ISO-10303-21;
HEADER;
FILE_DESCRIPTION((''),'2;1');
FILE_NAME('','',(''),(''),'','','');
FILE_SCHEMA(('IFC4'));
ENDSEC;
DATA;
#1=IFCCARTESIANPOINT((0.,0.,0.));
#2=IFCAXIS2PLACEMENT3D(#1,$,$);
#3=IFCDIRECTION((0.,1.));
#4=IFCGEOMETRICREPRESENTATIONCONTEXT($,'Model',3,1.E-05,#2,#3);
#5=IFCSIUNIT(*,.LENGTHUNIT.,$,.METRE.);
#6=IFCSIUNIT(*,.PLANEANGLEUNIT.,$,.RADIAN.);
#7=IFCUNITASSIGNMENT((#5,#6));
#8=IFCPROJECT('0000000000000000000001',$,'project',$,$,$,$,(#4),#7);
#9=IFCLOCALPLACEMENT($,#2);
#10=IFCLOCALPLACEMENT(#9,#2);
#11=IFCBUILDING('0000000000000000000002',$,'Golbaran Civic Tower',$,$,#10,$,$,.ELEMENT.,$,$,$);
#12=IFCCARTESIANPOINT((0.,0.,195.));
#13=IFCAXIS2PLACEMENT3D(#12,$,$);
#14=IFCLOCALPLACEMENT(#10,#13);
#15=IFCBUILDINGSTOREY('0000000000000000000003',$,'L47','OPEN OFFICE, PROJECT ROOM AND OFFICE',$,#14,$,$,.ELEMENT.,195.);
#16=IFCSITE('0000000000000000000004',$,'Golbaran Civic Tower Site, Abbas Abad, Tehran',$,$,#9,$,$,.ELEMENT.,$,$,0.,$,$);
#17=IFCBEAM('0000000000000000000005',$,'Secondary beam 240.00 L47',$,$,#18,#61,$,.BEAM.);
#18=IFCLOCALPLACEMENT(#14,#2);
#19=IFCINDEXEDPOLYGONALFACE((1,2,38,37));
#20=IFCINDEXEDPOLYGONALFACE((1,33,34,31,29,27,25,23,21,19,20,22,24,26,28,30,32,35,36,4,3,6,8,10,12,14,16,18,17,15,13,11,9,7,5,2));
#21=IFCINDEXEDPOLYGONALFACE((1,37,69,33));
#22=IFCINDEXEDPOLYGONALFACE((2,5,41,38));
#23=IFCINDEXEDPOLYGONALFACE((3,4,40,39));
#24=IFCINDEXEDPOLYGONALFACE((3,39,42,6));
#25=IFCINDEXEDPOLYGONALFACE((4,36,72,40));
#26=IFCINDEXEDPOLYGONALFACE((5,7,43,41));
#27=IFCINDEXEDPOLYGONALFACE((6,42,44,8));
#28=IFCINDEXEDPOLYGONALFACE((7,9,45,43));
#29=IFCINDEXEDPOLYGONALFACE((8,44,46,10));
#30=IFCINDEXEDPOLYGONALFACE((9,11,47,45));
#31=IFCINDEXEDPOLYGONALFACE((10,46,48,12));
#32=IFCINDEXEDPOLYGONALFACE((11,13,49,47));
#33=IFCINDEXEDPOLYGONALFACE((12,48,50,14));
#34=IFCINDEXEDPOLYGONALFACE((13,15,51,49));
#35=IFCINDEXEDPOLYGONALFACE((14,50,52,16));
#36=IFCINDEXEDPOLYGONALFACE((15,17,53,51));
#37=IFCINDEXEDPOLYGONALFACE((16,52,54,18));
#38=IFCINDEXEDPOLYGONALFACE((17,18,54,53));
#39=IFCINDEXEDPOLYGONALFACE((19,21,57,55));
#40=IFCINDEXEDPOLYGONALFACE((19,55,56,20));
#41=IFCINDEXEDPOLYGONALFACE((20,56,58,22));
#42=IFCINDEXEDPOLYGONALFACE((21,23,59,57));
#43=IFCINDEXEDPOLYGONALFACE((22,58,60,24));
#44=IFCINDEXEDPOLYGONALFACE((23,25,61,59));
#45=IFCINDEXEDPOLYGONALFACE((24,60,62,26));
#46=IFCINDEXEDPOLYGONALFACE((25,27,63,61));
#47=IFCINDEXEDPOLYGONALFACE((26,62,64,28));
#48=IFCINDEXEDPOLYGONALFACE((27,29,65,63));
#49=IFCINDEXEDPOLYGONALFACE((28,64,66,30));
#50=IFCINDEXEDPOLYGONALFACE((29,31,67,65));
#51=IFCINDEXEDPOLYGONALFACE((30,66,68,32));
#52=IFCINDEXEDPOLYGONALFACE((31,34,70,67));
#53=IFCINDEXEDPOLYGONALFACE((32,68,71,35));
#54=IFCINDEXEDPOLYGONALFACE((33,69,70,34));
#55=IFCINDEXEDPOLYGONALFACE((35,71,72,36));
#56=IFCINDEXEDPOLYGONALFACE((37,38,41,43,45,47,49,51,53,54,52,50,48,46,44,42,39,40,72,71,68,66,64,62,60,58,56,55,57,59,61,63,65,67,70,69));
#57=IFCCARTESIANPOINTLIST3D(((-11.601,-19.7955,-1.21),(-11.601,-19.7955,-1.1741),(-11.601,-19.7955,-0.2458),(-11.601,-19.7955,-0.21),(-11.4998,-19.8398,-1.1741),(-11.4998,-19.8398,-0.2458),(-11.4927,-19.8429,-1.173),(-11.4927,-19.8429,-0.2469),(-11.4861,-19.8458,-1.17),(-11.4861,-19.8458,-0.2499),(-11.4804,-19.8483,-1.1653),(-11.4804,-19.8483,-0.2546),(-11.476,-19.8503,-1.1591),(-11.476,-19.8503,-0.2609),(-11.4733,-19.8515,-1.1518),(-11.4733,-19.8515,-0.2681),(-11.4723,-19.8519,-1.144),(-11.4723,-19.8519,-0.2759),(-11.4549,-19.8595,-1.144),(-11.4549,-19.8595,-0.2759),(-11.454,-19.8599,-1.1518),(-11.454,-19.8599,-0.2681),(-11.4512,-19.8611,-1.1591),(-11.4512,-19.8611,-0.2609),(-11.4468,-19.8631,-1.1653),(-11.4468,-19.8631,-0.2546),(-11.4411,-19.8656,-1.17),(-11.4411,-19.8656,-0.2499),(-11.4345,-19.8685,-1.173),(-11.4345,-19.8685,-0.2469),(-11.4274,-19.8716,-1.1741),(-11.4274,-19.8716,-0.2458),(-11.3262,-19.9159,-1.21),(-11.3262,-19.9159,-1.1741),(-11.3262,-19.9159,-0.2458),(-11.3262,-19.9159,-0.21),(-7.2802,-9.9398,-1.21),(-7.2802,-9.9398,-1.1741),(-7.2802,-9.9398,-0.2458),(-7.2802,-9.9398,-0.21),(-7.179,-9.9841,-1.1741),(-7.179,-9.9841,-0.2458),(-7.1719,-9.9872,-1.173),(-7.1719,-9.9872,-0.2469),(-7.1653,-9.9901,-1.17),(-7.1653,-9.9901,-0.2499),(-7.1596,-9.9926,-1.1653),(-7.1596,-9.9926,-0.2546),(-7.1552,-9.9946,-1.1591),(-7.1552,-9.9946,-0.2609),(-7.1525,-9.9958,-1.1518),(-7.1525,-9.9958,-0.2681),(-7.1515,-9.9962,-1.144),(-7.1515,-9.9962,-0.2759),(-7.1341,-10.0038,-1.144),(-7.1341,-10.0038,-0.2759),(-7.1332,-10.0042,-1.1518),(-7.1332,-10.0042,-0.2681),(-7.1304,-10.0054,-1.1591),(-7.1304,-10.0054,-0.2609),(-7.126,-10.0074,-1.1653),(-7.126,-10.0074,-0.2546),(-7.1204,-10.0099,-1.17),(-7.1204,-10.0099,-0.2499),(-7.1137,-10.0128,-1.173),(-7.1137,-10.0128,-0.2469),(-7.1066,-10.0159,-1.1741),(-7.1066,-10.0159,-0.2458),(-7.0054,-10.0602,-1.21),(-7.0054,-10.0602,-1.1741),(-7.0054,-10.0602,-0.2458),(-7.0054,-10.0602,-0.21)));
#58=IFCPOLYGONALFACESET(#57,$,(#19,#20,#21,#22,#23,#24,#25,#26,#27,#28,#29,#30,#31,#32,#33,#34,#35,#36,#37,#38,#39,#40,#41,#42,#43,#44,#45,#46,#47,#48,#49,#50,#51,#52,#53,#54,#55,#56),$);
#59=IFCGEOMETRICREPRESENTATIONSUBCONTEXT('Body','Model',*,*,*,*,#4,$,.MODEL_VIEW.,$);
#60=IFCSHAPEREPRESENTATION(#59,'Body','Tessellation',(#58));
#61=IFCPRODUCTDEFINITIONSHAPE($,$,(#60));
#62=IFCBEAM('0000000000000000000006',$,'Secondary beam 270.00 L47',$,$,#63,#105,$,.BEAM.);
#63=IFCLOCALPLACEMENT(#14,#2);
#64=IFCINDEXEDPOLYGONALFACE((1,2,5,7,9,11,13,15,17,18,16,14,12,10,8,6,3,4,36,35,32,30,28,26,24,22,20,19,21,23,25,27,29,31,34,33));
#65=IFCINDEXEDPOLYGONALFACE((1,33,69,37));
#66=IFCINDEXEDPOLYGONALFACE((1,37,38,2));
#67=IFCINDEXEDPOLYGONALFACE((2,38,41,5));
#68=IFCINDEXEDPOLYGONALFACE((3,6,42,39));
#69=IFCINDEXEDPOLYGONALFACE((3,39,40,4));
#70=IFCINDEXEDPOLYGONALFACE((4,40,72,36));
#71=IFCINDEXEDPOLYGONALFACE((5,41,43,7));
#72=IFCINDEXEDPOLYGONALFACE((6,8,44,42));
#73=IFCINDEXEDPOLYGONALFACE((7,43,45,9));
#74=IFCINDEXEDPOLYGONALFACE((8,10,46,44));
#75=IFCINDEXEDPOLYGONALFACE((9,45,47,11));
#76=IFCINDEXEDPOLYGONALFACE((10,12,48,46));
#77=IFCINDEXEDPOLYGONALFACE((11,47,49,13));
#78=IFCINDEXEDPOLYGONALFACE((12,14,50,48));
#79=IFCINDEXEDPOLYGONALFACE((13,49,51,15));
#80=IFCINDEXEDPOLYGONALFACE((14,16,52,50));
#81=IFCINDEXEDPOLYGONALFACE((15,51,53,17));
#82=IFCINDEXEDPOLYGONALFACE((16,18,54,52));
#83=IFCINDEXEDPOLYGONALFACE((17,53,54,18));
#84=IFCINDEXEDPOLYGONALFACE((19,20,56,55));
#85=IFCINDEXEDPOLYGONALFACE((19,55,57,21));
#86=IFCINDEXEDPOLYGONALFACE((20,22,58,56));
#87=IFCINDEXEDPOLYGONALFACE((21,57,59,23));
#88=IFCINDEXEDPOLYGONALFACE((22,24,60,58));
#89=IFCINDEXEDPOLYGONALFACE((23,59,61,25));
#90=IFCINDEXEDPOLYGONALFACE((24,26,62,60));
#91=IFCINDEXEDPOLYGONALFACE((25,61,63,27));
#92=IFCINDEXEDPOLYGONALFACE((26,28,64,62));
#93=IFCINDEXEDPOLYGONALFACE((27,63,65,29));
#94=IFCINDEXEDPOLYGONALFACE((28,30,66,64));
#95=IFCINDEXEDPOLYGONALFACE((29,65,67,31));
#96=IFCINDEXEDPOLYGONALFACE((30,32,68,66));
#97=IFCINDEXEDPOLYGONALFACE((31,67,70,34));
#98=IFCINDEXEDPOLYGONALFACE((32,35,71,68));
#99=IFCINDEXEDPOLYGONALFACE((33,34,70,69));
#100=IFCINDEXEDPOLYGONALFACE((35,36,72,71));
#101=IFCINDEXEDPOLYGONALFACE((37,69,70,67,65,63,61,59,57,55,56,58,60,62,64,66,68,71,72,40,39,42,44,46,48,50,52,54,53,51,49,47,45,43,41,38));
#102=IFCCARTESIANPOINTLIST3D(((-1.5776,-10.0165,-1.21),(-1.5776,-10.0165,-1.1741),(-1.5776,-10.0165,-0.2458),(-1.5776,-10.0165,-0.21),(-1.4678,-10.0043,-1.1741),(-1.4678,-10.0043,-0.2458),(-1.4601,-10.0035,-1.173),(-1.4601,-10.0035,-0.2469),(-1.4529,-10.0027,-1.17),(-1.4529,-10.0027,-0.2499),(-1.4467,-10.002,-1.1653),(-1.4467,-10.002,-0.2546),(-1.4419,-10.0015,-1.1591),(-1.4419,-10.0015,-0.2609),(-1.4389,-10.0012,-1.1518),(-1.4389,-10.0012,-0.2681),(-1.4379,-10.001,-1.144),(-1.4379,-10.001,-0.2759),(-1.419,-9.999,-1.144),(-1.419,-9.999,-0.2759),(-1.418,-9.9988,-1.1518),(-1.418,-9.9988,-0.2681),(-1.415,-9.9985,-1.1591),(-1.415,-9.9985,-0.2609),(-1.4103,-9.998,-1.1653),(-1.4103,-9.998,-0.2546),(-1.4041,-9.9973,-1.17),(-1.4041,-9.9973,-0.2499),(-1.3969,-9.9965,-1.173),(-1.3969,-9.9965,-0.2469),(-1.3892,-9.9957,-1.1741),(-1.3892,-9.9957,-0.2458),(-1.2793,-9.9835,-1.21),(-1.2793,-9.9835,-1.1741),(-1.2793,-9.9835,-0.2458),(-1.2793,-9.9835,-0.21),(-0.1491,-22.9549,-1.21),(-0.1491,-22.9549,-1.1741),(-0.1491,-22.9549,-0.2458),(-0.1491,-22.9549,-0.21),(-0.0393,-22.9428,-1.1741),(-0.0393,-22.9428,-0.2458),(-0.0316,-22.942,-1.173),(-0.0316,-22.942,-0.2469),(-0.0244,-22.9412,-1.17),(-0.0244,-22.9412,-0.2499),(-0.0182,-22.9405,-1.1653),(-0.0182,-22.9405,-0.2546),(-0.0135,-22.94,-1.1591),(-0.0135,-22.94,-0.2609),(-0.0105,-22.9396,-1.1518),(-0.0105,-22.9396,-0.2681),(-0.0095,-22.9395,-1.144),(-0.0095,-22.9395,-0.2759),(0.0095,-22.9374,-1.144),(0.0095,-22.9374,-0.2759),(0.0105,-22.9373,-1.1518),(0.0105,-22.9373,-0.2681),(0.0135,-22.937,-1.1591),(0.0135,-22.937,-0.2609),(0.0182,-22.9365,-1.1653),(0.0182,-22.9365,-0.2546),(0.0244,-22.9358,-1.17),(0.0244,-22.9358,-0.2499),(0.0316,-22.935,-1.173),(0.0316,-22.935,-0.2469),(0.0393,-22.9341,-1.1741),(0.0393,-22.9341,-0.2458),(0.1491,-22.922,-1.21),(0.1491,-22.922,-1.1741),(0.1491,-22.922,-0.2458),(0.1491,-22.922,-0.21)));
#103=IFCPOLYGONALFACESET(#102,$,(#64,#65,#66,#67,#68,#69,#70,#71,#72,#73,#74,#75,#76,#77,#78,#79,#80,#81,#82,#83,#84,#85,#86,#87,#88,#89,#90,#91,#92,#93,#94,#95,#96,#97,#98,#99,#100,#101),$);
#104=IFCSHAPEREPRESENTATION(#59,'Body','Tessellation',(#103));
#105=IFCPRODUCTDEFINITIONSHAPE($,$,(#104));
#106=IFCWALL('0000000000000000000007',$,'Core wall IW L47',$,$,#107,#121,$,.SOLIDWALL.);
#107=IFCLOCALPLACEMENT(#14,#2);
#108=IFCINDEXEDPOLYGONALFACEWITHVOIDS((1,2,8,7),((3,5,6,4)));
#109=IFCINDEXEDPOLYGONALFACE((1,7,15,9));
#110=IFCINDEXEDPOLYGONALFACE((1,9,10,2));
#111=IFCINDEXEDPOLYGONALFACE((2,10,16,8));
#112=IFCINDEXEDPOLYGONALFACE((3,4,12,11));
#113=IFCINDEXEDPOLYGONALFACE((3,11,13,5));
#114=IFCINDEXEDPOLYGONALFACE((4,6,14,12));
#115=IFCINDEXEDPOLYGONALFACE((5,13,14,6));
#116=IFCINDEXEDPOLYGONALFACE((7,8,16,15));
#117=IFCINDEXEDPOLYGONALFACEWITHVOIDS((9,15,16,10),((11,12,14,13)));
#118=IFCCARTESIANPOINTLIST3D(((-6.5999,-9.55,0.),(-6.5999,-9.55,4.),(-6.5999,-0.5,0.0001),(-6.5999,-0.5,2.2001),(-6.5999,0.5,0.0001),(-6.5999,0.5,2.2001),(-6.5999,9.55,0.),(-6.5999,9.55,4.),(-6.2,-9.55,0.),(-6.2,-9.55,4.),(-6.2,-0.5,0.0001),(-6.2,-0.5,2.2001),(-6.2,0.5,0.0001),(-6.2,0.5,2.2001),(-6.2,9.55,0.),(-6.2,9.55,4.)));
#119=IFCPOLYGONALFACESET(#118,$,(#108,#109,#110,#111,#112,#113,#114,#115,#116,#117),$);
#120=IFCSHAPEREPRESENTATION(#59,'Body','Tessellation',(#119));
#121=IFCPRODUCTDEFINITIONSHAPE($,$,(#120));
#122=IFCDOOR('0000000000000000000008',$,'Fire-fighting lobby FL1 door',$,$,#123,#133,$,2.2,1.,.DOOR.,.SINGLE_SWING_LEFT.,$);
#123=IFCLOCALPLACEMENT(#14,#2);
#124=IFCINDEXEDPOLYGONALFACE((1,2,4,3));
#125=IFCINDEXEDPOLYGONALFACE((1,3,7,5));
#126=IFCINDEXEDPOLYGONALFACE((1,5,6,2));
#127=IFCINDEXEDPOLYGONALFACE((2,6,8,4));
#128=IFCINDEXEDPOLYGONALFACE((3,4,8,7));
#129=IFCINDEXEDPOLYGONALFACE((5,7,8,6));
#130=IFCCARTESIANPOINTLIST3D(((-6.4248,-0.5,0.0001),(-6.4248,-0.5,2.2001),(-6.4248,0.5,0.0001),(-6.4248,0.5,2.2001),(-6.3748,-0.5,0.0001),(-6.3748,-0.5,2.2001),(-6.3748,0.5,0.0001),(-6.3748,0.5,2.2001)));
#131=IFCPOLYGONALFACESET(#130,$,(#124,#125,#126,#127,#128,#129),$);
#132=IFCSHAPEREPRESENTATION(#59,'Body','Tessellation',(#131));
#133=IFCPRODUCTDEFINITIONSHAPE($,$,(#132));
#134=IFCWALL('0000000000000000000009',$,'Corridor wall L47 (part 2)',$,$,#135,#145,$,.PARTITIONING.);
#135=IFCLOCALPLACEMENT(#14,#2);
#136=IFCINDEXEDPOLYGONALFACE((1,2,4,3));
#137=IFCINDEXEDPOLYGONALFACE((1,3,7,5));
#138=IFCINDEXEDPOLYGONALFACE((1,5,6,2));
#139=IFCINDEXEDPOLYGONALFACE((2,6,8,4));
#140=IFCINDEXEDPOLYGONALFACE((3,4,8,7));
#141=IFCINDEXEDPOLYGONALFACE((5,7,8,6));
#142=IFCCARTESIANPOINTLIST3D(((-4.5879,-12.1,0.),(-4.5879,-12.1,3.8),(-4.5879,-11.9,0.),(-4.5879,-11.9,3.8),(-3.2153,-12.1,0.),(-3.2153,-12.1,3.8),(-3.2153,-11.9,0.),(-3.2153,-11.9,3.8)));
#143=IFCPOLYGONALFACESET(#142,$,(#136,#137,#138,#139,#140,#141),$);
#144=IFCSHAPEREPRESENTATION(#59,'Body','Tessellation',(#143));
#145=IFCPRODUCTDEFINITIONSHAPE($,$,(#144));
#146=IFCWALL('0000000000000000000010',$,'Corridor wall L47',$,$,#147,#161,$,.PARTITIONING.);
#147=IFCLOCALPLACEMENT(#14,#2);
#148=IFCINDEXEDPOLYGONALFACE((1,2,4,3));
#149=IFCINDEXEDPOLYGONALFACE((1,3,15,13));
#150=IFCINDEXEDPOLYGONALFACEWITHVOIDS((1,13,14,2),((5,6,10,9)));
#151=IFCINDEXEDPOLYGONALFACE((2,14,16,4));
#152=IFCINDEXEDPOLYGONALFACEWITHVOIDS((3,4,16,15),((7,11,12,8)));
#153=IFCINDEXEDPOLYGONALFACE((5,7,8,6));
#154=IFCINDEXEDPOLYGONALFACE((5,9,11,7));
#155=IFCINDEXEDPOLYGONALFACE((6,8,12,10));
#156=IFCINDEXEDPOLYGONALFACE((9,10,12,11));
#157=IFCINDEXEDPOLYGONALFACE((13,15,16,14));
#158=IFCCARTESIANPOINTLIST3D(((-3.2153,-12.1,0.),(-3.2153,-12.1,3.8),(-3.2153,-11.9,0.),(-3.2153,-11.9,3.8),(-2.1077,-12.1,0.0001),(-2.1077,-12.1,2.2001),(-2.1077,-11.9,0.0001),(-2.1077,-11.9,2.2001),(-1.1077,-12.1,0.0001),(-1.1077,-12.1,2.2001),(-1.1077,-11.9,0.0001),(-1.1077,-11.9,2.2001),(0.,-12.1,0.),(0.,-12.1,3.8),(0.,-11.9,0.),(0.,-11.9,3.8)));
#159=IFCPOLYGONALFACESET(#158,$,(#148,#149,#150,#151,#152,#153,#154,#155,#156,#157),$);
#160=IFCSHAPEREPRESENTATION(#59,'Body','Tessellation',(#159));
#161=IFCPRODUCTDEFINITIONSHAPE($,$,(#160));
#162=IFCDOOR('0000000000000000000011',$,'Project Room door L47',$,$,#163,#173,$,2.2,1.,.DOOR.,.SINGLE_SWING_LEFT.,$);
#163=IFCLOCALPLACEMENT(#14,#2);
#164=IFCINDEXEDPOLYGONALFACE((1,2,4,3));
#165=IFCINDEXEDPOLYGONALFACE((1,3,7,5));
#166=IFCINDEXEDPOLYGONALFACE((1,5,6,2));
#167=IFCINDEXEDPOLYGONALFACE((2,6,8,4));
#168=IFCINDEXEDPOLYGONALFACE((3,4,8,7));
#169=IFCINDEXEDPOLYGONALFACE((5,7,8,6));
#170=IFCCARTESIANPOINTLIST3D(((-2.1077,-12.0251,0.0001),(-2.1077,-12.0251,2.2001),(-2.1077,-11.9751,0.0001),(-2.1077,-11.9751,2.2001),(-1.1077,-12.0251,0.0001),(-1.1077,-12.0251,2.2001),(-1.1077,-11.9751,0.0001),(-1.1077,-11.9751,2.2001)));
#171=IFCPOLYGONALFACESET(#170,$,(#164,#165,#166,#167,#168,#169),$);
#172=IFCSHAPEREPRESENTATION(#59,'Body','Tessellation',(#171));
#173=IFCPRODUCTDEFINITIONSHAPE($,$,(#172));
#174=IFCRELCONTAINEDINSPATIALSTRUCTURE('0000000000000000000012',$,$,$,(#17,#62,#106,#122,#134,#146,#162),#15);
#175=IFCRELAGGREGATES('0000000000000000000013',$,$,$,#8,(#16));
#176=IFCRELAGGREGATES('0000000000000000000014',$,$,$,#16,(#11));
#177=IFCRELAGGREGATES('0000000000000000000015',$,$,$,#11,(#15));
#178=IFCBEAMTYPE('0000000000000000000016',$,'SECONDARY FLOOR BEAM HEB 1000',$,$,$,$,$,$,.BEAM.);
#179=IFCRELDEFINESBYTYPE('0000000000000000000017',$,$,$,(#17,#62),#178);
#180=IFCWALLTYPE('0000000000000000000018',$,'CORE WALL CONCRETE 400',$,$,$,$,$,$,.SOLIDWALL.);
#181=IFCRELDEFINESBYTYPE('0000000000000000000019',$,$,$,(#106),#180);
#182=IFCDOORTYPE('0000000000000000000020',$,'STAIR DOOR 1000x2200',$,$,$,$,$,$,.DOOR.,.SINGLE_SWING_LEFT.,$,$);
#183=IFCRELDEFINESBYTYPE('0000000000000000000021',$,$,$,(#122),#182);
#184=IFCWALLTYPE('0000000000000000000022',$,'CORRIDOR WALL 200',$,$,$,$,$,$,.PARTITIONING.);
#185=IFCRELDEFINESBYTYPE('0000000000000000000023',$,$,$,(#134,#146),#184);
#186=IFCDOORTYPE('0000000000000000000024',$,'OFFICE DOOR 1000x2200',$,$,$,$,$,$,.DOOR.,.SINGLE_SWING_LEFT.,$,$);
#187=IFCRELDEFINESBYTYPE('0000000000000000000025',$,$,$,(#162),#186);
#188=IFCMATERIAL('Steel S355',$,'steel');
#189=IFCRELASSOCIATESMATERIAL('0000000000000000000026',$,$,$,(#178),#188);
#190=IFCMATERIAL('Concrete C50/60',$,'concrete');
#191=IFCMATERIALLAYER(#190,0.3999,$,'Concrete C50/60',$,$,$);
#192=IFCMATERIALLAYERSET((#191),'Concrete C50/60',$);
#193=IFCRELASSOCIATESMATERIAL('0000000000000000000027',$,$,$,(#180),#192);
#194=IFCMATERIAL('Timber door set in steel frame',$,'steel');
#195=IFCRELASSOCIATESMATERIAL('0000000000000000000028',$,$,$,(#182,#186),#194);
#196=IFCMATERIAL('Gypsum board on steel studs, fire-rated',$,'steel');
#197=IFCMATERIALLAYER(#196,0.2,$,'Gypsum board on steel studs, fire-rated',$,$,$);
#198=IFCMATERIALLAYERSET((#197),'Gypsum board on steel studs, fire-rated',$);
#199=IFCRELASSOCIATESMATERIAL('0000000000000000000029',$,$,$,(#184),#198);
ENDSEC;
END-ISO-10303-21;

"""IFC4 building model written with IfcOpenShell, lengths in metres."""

from ifc_helpers import new_model, si_unit, direction, frame, frame_2d, origin, origin_2d, place, context, subcontext, project, spatial, rectangle, i_section, extrude, material, layer, layer_set, material_profile, profile_set, type_object, element, fill, save


model = new_model("IFC4")

# Units and contexts
model_context = context("Model", 3, precision=1e-05, world=origin(), true_north=direction((0.0, 1.0)))
body_context = subcontext(model_context, "Body", "Model", "MODEL_VIEW")
ifc_project = project(units=[si_unit("LENGTHUNIT", "METRE"), si_unit("PLANEANGLEUNIT", "RADIAN")], contexts=[model_context])

# Site, building, storey
site_placement = place(None, origin())
site = spatial("IfcSite", under=ifc_project, at=site_placement, Name="Golbaran Civic Tower Site, Abbas Abad, Tehran", CompositionType="ELEMENT", RefElevation=0.0)
building_placement = place(site_placement, origin())
building = spatial("IfcBuilding", under=site, at=building_placement, Name="Golbaran Civic Tower", CompositionType="ELEMENT")
storey_placement = place(building_placement, frame((0.0, 0.0, 195.0)))
storey = spatial("IfcBuildingStorey", under=building, at=storey_placement, Name="L47", Description="OPEN OFFICE, PROJECT ROOM AND OFFICE", CompositionType="ELEMENT", Elevation=195.0)

# Beams
ifc_material_1 = material(Name="Steel S355", Category="steel")
ifc_material_profile_1 = material_profile(ifc_material_1, i_section(OverallWidth=0.3, OverallDepth=1.0, WebThickness=0.019, FlangeThickness=0.0359, FilletRadius=0.03, at=origin_2d()), Name="HEB 1000")
ifc_profile_set_1 = profile_set([ifc_material_profile_1], Name="Steel S355")
beam_type_1 = type_object("IfcBeamType", Name="SECONDARY FLOOR BEAM HEB 1000", PredefinedType="BEAM", material=ifc_profile_set_1)
beam_1_placement = place(storey_placement, frame((-7.1428, -10.0, -0.71), z_axis=(-0.401515, -0.915852, 0.0), x_axis=(0.915852, -0.401515, 0.0)))
element("IfcBeam", 1, at=beam_1_placement, inside=storey, type_object=beam_type_1, Name="Secondary beam 240.00 L47", PredefinedType="BEAM", context=body_context, shape_type="SweptSolid", body=[
    extrude(i_section(OverallWidth=0.3, OverallDepth=1.0, WebThickness=0.019, FlangeThickness=0.0359, FilletRadius=0.03, at=origin_2d()), origin(), (0.0, 0.0, 1.0), 10.7612),
])
beam_2_placement = place(storey_placement, frame((-1.4285, -10.0, -0.71), z_axis=(0.109738, -0.993961, 0.0), x_axis=(0.993961, 0.109738, 0.0)))
element("IfcBeam", 2, at=beam_2_placement, inside=storey, type_object=beam_type_1, Name="Secondary beam 270.00 L47", PredefinedType="BEAM", context=body_context, shape_type="SweptSolid", body=[
    extrude(i_section(OverallWidth=0.3, OverallDepth=1.0, WebThickness=0.019, FlangeThickness=0.0359, FilletRadius=0.03, at=origin_2d()), origin(), (0.0, 0.0, 1.0), 13.0171),
])

# Wall, opening, door
ifc_material_2 = material(Name="Concrete C50/60", Category="concrete")
ifc_layer_1 = layer(ifc_material_2, 0.3999, Name="Concrete C50/60")
ifc_layer_set_1 = layer_set([ifc_layer_1], Name="Concrete C50/60")
wall_type_1 = type_object("IfcWallType", Name="CORE WALL CONCRETE 400", PredefinedType="SOLIDWALL", material=ifc_layer_set_1)
wall_1_placement = place(storey_placement, frame((-6.3999, -9.55, 0.0), z_axis=(0.0, 0.0, 1.0), x_axis=(0.0, 1.0, 0.0)))
wall_1 = element("IfcWall", 3, at=wall_1_placement, inside=storey, type_object=wall_type_1, Name="Core wall IW L47", PredefinedType="SOLIDWALL", context=body_context, shape_type="SweptSolid", body=[
    extrude(rectangle(XDim=19.1001, YDim=0.3999, at=frame_2d((9.55, 0.0))), origin(), (0.0, 0.0, 1.0), 4.0),
])
opening_1_placement = place(wall_1_placement, frame((9.05, 0.0, 0.0)))
opening_1 = element("IfcOpeningElement", 4, at=opening_1_placement, cuts=wall_1, PredefinedType="OPENING", context=body_context, shape_type="SweptSolid", body=[
    extrude(rectangle(XDim=1.0, YDim=2.2, at=frame_2d((0.5, 1.1001))), frame((0.0, 0.21, 0.0), z_axis=(0.0, -1.0, 0.0), x_axis=(1.0, 0.0, 0.0)), (0.0, 0.0, 1.0), 0.4199),
])
ifc_material_3 = material(Name="Timber door set in steel frame", Category="steel")
door_type_1 = type_object("IfcDoorType", Name="STAIR DOOR 1000x2200", OperationType="SINGLE_SWING_LEFT", PredefinedType="DOOR", material=ifc_material_3)
door_1_placement = place(opening_1_placement, origin())
door_1 = element("IfcDoor", 5, at=door_1_placement, inside=storey, type_object=door_type_1, Name="Fire-fighting lobby FL1 door", OperationType="SINGLE_SWING_LEFT", OverallHeight=2.2, OverallWidth=1.0, PredefinedType="DOOR", context=body_context, shape_type="SweptSolid", body=[
    extrude(rectangle(XDim=1.0, YDim=2.2, at=frame_2d((0.5, 1.1001))), frame((0.0, 0.0249, 0.0), z_axis=(0.0, -1.0, 0.0), x_axis=(1.0, 0.0, 0.0)), (0.0, 0.0, 1.0), 0.05),
])
fill(opening_1, door_1)

# Wall
ifc_material_4 = material(Name="Gypsum board on steel studs, fire-rated", Category="steel")
ifc_layer_2 = layer(ifc_material_4, 0.2, Name="Gypsum board on steel studs, fire-rated")
ifc_layer_set_2 = layer_set([ifc_layer_2], Name="Gypsum board on steel studs, fire-rated")
wall_type_2 = type_object("IfcWallType", Name="CORRIDOR WALL 200", PredefinedType="PARTITIONING", material=ifc_layer_set_2)
wall_2_placement = place(storey_placement, frame((-4.5879, -12.0, 0.0), z_axis=(0.0, 0.0, 1.0), x_axis=(1.0, 0.0, 0.0)))
element("IfcWall", 6, at=wall_2_placement, inside=storey, type_object=wall_type_2, Name="Corridor wall L47 (part 2)", PredefinedType="PARTITIONING", context=body_context, shape_type="SweptSolid", body=[
    extrude(rectangle(XDim=1.3726, YDim=0.2, at=frame_2d((0.6863, 0.0))), origin(), (0.0, 0.0, 1.0), 3.8),
])

# Wall, opening, door
wall_3_placement = place(storey_placement, frame((-3.2153, -12.0, 0.0), z_axis=(0.0, 0.0, 1.0), x_axis=(1.0, 0.0, 0.0)))
wall_3 = element("IfcWall", 7, at=wall_3_placement, inside=storey, type_object=wall_type_2, Name="Corridor wall L47", PredefinedType="PARTITIONING", context=body_context, shape_type="SweptSolid", body=[
    extrude(rectangle(XDim=3.2153, YDim=0.2, at=frame_2d((1.6077, 0.0))), origin(), (0.0, 0.0, 1.0), 3.8),
])
opening_2_placement = place(wall_3_placement, frame((1.1077, 0.0, 0.0)))
opening_2 = element("IfcOpeningElement", 8, at=opening_2_placement, cuts=wall_3, PredefinedType="OPENING", context=body_context, shape_type="SweptSolid", body=[
    extrude(rectangle(XDim=1.0, YDim=2.2, at=frame_2d((0.5, 1.1001))), frame((0.0, 0.1099, 0.0), z_axis=(0.0, -1.0, 0.0), x_axis=(1.0, 0.0, 0.0)), (0.0, 0.0, 1.0), 0.22),
])
door_type_2 = type_object("IfcDoorType", Name="OFFICE DOOR 1000x2200", OperationType="SINGLE_SWING_LEFT", PredefinedType="DOOR", material=ifc_material_3)
door_2_placement = place(opening_2_placement, origin())
door_2 = element("IfcDoor", 9, at=door_2_placement, inside=storey, type_object=door_type_2, Name="Project Room door L47", OperationType="SINGLE_SWING_LEFT", OverallHeight=2.2, OverallWidth=1.0, PredefinedType="DOOR", context=body_context, shape_type="SweptSolid", body=[
    extrude(rectangle(XDim=1.0, YDim=2.2, at=frame_2d((0.5, 1.1001))), frame((0.0, 0.0249, 0.0), z_axis=(0.0, -1.0, 0.0), x_axis=(1.0, 0.0, 0.0)), (0.0, 0.0, 1.0), 0.05),
])
fill(opening_2, door_2)

save(model, "model.ifc")
